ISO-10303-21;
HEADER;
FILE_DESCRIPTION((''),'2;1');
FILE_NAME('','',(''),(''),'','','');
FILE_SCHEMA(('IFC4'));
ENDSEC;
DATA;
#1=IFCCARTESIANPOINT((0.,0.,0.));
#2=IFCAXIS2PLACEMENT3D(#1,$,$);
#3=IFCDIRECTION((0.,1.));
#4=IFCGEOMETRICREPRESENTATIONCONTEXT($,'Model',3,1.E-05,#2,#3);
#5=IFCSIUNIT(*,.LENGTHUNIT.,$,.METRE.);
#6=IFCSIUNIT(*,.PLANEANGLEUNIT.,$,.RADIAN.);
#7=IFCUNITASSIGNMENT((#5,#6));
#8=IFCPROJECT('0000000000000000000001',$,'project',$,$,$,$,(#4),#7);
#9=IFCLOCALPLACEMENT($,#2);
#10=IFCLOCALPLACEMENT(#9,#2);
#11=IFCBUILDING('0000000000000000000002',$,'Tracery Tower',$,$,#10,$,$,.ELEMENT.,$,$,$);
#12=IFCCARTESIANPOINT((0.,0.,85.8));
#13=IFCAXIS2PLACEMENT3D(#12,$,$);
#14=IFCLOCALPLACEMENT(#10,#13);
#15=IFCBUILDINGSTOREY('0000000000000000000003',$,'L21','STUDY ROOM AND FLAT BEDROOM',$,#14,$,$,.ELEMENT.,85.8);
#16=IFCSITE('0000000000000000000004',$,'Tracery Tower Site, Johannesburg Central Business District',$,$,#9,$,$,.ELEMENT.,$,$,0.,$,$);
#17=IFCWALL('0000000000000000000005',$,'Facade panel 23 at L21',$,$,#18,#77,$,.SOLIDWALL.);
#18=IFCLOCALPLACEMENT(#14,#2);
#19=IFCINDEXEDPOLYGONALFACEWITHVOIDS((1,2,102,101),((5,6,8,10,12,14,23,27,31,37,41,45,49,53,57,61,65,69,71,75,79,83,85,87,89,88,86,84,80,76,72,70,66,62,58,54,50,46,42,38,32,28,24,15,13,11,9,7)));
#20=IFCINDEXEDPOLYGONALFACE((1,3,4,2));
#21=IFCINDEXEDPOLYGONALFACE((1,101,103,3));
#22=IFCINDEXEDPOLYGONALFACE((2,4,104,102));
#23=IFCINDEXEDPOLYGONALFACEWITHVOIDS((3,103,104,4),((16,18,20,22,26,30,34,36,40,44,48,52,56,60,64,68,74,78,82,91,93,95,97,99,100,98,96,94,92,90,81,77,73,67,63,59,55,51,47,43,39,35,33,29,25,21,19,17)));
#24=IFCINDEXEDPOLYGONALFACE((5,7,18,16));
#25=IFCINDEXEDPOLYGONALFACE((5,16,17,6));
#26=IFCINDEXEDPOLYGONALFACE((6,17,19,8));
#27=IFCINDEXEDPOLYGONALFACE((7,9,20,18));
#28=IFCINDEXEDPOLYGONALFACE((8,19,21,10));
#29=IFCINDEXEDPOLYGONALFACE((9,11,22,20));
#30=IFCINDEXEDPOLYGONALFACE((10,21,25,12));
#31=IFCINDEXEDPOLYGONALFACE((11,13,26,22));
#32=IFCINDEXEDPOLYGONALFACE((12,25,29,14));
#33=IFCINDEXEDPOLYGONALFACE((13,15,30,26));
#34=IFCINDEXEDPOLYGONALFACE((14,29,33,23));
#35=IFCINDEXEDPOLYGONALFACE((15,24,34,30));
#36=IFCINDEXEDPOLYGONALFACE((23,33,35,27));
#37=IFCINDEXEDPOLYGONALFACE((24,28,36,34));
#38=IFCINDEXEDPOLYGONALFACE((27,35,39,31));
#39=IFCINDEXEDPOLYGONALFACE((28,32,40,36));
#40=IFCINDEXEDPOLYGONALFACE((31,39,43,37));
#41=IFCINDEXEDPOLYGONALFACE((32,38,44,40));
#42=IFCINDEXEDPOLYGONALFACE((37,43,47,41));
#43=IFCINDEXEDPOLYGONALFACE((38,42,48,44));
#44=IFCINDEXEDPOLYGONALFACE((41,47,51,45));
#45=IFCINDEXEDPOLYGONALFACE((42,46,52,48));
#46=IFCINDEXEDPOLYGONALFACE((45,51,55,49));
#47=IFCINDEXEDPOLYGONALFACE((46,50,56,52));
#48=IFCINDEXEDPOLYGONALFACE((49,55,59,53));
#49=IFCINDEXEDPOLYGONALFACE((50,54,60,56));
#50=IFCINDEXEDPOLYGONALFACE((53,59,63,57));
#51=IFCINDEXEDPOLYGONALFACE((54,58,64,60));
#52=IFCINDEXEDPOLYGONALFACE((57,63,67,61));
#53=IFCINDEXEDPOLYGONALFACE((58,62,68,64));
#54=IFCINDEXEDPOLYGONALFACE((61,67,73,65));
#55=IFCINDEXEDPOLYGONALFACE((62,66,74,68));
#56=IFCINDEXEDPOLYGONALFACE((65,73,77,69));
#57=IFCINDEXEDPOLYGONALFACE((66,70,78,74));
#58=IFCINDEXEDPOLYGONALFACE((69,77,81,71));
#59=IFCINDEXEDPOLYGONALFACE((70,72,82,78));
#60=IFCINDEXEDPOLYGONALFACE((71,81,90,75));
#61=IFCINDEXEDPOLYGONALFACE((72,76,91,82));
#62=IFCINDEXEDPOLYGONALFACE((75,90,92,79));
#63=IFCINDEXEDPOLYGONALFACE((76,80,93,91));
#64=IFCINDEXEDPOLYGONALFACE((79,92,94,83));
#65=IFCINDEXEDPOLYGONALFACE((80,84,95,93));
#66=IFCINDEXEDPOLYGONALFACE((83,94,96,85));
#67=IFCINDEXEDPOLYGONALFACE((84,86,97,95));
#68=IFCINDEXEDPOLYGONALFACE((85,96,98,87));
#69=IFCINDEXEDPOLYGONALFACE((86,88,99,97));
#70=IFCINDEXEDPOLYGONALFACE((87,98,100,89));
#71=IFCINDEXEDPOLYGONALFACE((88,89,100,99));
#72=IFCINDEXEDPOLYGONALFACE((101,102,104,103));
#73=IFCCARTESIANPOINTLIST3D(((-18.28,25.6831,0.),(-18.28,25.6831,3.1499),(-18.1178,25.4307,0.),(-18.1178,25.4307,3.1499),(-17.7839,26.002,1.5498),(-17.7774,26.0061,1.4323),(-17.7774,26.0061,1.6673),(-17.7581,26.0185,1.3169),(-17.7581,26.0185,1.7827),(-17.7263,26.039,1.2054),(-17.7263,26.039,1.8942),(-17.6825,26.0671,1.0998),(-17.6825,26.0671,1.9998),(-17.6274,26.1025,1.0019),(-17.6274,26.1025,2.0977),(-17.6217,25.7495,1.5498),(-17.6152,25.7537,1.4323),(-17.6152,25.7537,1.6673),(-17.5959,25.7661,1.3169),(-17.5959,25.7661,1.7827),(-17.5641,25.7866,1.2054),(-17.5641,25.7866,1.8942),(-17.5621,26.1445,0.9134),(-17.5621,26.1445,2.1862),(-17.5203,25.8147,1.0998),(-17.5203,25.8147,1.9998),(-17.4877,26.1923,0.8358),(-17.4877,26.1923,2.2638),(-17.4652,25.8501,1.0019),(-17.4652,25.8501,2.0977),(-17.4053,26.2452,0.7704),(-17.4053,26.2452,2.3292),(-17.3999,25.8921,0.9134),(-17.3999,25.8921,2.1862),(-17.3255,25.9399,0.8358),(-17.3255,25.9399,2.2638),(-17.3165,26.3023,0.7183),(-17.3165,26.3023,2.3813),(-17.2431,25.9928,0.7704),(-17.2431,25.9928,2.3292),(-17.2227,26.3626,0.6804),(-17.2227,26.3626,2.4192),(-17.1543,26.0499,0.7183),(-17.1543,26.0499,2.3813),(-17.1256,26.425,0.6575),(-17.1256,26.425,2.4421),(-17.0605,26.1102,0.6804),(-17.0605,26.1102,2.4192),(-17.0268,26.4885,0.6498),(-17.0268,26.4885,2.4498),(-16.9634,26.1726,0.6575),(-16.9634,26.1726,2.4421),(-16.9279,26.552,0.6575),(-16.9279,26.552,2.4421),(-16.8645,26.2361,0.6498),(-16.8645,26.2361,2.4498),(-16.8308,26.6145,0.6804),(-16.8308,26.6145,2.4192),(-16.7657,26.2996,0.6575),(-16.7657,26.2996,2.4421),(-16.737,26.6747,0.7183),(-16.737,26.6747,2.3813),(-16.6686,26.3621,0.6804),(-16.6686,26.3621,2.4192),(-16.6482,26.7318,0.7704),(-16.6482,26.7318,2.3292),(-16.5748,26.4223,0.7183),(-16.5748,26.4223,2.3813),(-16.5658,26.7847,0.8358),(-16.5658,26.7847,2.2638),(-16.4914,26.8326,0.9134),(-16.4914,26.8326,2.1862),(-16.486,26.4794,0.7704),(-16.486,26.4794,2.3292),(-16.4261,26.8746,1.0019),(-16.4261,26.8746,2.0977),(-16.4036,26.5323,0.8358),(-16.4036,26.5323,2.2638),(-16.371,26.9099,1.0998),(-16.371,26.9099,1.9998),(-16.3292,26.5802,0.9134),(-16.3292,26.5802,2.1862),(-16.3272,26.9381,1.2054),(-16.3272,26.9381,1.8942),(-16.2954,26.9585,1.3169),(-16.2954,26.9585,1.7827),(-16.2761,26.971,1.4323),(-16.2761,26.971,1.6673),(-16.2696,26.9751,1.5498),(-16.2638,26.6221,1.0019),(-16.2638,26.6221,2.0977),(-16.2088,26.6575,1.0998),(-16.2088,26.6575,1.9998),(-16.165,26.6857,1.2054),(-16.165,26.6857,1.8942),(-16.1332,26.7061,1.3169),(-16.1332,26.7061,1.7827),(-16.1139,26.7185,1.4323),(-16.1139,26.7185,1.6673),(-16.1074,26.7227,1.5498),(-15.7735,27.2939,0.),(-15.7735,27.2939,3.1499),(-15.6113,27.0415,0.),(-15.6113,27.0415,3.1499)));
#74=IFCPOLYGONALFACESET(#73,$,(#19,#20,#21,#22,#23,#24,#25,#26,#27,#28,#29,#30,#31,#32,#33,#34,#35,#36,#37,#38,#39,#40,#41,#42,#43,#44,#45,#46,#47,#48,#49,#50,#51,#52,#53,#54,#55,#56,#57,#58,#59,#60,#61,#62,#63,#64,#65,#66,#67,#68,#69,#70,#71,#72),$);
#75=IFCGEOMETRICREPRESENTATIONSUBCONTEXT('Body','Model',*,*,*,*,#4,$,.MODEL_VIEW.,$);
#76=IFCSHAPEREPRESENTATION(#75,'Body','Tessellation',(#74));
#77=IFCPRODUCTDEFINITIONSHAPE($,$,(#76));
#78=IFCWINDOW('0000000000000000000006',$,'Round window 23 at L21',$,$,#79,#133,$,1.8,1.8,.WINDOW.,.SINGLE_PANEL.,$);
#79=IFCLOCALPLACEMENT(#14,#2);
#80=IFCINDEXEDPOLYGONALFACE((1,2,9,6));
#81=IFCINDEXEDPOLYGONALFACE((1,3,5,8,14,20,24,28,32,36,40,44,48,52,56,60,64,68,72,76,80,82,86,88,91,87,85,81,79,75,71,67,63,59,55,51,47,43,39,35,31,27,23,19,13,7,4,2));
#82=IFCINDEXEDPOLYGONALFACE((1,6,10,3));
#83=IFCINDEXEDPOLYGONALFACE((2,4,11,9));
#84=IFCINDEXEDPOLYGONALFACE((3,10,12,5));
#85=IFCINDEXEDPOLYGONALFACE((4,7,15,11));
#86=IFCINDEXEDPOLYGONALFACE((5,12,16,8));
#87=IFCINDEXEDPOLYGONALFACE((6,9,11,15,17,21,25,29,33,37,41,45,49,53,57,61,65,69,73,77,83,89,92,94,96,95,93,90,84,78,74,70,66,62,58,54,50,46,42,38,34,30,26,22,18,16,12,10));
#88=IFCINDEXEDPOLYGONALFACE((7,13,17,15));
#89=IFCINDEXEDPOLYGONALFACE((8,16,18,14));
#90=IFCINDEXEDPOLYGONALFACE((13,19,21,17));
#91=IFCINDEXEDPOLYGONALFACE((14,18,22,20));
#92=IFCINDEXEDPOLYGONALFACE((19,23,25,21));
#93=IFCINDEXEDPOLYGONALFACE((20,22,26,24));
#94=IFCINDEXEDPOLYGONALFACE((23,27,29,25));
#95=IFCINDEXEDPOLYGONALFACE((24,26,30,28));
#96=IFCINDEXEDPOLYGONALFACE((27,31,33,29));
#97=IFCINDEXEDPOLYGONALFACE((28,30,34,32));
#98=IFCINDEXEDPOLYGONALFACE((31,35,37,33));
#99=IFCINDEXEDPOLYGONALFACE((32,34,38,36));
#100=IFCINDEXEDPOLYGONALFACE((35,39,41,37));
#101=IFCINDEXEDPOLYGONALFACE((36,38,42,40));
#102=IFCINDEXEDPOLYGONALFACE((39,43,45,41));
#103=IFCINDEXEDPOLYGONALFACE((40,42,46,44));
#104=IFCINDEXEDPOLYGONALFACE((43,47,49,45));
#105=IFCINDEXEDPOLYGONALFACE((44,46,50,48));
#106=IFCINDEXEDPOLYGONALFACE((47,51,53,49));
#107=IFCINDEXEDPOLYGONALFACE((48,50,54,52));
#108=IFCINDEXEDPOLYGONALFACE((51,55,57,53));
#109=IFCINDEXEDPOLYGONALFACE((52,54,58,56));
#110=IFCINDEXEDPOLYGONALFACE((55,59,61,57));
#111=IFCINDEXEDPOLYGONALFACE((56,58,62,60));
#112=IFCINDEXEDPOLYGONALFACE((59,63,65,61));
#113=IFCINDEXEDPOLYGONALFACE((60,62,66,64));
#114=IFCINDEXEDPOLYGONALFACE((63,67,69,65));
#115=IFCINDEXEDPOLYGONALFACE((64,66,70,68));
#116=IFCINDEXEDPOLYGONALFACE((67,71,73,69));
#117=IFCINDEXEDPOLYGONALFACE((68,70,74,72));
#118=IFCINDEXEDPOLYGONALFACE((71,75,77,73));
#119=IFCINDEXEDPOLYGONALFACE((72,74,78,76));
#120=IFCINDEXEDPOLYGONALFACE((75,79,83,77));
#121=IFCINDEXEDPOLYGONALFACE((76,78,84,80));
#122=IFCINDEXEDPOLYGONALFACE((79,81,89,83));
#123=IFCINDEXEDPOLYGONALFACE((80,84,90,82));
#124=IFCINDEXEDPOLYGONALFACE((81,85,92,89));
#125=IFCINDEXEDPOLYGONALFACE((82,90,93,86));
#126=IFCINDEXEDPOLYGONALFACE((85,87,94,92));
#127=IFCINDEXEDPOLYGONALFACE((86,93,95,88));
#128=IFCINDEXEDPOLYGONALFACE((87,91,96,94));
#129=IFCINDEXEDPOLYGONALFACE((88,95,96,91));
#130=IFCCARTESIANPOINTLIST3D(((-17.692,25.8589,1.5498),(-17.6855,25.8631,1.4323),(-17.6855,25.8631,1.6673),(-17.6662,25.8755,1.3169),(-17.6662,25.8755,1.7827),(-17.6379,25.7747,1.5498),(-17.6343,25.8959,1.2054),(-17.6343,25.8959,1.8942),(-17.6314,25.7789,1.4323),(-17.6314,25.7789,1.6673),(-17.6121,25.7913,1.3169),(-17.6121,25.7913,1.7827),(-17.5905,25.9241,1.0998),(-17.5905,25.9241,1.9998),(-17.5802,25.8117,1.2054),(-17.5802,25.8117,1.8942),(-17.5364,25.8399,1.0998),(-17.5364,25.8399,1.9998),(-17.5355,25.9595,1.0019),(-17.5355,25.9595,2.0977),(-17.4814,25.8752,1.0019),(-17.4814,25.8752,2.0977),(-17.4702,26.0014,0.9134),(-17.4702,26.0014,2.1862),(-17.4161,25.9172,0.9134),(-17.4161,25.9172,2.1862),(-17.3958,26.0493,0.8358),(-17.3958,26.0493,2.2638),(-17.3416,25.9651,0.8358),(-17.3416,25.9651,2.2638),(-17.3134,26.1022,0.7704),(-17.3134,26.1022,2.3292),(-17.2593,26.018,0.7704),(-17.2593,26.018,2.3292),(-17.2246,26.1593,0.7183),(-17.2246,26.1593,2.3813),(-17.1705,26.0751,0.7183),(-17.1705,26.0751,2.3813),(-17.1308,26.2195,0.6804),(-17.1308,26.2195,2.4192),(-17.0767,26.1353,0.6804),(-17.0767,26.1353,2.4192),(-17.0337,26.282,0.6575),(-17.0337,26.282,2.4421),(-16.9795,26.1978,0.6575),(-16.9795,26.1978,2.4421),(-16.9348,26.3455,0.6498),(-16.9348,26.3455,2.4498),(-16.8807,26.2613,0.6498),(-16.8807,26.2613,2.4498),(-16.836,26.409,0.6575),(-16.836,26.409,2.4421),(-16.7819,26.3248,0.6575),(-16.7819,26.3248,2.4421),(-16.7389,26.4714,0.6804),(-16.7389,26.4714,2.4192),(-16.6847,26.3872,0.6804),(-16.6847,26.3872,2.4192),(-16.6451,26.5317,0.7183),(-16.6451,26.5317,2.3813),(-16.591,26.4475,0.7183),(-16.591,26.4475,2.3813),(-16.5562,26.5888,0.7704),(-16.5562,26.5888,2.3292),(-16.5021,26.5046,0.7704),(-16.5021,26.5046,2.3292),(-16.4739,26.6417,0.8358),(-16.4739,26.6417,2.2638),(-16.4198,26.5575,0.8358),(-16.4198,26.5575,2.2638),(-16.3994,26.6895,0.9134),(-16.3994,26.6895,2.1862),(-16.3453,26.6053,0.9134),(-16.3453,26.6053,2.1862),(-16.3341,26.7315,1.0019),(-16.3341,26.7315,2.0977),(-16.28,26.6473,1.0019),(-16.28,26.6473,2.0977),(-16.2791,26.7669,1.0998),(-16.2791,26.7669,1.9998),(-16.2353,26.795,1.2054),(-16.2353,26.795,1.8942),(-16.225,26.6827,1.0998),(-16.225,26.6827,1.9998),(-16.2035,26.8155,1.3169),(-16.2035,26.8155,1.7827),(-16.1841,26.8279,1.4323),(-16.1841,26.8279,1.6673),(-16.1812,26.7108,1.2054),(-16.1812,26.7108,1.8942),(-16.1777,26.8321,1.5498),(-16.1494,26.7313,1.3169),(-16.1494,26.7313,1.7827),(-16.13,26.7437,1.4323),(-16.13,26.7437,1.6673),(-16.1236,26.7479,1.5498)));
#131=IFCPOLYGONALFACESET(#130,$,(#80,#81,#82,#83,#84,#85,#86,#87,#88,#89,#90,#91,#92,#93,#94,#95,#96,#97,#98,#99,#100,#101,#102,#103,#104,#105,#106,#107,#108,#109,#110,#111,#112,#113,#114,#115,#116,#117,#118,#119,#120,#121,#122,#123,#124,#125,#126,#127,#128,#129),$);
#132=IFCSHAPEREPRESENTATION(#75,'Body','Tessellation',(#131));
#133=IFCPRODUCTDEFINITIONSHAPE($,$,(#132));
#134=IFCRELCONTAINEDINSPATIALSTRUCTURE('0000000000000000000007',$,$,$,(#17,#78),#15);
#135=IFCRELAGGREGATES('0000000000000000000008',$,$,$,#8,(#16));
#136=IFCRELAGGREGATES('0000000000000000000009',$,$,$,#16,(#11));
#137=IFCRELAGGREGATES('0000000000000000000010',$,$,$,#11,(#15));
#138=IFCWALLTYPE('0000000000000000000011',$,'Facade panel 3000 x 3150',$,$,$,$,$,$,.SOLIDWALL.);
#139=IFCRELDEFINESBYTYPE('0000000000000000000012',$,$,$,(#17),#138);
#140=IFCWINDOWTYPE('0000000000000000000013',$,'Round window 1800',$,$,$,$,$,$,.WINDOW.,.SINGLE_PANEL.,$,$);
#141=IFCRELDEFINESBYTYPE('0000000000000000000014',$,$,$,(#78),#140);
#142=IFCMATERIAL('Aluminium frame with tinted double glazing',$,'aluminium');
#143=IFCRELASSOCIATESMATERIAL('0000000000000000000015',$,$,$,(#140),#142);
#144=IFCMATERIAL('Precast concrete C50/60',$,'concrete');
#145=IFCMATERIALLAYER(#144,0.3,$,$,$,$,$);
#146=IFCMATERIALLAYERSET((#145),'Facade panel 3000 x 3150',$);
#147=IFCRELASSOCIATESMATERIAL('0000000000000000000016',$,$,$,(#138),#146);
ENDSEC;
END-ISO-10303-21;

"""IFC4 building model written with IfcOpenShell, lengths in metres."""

from ifc_helpers import new_model, si_unit, direction, frame, frame_2d, origin, origin_2d, place, context, subcontext, project, spatial, rectangle, circle, extrude, material, layer, layer_set, type_object, element, fill, save


model = new_model("IFC4")

# Units and contexts
model_context = context("Model", 3, precision=1e-05, world=origin(), true_north=direction((0.0, 1.0)))
body_context = subcontext(model_context, "Body", "Model", "MODEL_VIEW")
ifc_project = project(units=[si_unit("LENGTHUNIT", "METRE"), si_unit("PLANEANGLEUNIT", "RADIAN")], contexts=[model_context])

# Site, building, storey
site_placement = place(None, origin())
site = spatial("IfcSite", under=ifc_project, at=site_placement, Name="Tracery Tower Site, Johannesburg Central Business District", CompositionType="ELEMENT", RefElevation=0.0)
building_placement = place(site_placement, origin())
building = spatial("IfcBuilding", under=site, at=building_placement, Name="Tracery Tower", CompositionType="ELEMENT")
storey_placement = place(building_placement, frame((0.0, 0.0, 85.8)))
storey = spatial("IfcBuildingStorey", under=building, at=storey_placement, Name="L21", Description="STUDY ROOM AND FLAT BEDROOM", CompositionType="ELEMENT", Elevation=85.8)

# Wall, opening, window
ifc_material_1 = material(Name="Aluminium frame with tinted double glazing", Category="aluminium")
window_type = type_object("IfcWindowType", Name="Round window 1800", PartitioningType="SINGLE_PANEL", PredefinedType="WINDOW", material=ifc_material_1)
ifc_material_2 = material(Name="Precast concrete C50/60", Category="concrete")
ifc_layer_1 = layer(ifc_material_2, 0.3)
ifc_layer_set_1 = layer_set([ifc_layer_1], Name="Facade panel 3000 x 3150")
wall_type_1 = type_object("IfcWallType", Name="Facade panel 3000 x 3150", PredefinedType="SOLIDWALL", material=ifc_layer_set_1)
wall_1_placement = place(storey_placement, frame((-15.6924, 27.1677, 0.0), z_axis=(0.0, 0.0, 1.0), x_axis=(-0.841261, -0.540629, 0.0)))
wall_1 = element("IfcWall", 1, at=wall_1_placement, inside=storey, type_object=wall_type_1, Name="Facade panel 23 at L21", PredefinedType="SOLIDWALL", context=body_context, shape_type="SweptSolid", body=[
    extrude(rectangle(XDim=2.9795, YDim=0.3, at=frame_2d((1.4897, 0.0))), origin(), (0.0, 0.0, 1.0), 3.1499),
])
opening_1_placement = place(wall_1_placement, frame((1.4897, 0.0, 1.5498)))
opening_1 = element("IfcOpeningElement", 2, at=opening_1_placement, cuts=wall_1, PredefinedType="OPENING", context=body_context, shape_type="SweptSolid", body=[
    extrude(circle(Radius=0.9, at=origin_2d()), frame((0.0, 0.1599, 0.0), z_axis=(0.0, -1.0, 0.0), x_axis=(1.0, 0.0, 0.0)), (0.0, 0.0, 1.0), 0.3201),
])
window_1_placement = place(opening_1_placement, origin())
window_1 = element("IfcWindow", 3, at=window_1_placement, inside=storey, type_object=window_type, Name="Round window 23 at L21", OverallHeight=1.8, OverallWidth=1.8, PartitioningType="SINGLE_PANEL", PredefinedType="WINDOW", context=body_context, shape_type="SweptSolid", body=[
    extrude(circle(Radius=0.9, at=origin_2d()), frame((0.0, 0.1201, 0.0), z_axis=(0.0, -1.0, 0.0), x_axis=(1.0, 0.0, 0.0)), (0.0, 0.0, 1.0), 0.1001),
])
fill(opening_1, window_1)

save(model, "model.ifc")
